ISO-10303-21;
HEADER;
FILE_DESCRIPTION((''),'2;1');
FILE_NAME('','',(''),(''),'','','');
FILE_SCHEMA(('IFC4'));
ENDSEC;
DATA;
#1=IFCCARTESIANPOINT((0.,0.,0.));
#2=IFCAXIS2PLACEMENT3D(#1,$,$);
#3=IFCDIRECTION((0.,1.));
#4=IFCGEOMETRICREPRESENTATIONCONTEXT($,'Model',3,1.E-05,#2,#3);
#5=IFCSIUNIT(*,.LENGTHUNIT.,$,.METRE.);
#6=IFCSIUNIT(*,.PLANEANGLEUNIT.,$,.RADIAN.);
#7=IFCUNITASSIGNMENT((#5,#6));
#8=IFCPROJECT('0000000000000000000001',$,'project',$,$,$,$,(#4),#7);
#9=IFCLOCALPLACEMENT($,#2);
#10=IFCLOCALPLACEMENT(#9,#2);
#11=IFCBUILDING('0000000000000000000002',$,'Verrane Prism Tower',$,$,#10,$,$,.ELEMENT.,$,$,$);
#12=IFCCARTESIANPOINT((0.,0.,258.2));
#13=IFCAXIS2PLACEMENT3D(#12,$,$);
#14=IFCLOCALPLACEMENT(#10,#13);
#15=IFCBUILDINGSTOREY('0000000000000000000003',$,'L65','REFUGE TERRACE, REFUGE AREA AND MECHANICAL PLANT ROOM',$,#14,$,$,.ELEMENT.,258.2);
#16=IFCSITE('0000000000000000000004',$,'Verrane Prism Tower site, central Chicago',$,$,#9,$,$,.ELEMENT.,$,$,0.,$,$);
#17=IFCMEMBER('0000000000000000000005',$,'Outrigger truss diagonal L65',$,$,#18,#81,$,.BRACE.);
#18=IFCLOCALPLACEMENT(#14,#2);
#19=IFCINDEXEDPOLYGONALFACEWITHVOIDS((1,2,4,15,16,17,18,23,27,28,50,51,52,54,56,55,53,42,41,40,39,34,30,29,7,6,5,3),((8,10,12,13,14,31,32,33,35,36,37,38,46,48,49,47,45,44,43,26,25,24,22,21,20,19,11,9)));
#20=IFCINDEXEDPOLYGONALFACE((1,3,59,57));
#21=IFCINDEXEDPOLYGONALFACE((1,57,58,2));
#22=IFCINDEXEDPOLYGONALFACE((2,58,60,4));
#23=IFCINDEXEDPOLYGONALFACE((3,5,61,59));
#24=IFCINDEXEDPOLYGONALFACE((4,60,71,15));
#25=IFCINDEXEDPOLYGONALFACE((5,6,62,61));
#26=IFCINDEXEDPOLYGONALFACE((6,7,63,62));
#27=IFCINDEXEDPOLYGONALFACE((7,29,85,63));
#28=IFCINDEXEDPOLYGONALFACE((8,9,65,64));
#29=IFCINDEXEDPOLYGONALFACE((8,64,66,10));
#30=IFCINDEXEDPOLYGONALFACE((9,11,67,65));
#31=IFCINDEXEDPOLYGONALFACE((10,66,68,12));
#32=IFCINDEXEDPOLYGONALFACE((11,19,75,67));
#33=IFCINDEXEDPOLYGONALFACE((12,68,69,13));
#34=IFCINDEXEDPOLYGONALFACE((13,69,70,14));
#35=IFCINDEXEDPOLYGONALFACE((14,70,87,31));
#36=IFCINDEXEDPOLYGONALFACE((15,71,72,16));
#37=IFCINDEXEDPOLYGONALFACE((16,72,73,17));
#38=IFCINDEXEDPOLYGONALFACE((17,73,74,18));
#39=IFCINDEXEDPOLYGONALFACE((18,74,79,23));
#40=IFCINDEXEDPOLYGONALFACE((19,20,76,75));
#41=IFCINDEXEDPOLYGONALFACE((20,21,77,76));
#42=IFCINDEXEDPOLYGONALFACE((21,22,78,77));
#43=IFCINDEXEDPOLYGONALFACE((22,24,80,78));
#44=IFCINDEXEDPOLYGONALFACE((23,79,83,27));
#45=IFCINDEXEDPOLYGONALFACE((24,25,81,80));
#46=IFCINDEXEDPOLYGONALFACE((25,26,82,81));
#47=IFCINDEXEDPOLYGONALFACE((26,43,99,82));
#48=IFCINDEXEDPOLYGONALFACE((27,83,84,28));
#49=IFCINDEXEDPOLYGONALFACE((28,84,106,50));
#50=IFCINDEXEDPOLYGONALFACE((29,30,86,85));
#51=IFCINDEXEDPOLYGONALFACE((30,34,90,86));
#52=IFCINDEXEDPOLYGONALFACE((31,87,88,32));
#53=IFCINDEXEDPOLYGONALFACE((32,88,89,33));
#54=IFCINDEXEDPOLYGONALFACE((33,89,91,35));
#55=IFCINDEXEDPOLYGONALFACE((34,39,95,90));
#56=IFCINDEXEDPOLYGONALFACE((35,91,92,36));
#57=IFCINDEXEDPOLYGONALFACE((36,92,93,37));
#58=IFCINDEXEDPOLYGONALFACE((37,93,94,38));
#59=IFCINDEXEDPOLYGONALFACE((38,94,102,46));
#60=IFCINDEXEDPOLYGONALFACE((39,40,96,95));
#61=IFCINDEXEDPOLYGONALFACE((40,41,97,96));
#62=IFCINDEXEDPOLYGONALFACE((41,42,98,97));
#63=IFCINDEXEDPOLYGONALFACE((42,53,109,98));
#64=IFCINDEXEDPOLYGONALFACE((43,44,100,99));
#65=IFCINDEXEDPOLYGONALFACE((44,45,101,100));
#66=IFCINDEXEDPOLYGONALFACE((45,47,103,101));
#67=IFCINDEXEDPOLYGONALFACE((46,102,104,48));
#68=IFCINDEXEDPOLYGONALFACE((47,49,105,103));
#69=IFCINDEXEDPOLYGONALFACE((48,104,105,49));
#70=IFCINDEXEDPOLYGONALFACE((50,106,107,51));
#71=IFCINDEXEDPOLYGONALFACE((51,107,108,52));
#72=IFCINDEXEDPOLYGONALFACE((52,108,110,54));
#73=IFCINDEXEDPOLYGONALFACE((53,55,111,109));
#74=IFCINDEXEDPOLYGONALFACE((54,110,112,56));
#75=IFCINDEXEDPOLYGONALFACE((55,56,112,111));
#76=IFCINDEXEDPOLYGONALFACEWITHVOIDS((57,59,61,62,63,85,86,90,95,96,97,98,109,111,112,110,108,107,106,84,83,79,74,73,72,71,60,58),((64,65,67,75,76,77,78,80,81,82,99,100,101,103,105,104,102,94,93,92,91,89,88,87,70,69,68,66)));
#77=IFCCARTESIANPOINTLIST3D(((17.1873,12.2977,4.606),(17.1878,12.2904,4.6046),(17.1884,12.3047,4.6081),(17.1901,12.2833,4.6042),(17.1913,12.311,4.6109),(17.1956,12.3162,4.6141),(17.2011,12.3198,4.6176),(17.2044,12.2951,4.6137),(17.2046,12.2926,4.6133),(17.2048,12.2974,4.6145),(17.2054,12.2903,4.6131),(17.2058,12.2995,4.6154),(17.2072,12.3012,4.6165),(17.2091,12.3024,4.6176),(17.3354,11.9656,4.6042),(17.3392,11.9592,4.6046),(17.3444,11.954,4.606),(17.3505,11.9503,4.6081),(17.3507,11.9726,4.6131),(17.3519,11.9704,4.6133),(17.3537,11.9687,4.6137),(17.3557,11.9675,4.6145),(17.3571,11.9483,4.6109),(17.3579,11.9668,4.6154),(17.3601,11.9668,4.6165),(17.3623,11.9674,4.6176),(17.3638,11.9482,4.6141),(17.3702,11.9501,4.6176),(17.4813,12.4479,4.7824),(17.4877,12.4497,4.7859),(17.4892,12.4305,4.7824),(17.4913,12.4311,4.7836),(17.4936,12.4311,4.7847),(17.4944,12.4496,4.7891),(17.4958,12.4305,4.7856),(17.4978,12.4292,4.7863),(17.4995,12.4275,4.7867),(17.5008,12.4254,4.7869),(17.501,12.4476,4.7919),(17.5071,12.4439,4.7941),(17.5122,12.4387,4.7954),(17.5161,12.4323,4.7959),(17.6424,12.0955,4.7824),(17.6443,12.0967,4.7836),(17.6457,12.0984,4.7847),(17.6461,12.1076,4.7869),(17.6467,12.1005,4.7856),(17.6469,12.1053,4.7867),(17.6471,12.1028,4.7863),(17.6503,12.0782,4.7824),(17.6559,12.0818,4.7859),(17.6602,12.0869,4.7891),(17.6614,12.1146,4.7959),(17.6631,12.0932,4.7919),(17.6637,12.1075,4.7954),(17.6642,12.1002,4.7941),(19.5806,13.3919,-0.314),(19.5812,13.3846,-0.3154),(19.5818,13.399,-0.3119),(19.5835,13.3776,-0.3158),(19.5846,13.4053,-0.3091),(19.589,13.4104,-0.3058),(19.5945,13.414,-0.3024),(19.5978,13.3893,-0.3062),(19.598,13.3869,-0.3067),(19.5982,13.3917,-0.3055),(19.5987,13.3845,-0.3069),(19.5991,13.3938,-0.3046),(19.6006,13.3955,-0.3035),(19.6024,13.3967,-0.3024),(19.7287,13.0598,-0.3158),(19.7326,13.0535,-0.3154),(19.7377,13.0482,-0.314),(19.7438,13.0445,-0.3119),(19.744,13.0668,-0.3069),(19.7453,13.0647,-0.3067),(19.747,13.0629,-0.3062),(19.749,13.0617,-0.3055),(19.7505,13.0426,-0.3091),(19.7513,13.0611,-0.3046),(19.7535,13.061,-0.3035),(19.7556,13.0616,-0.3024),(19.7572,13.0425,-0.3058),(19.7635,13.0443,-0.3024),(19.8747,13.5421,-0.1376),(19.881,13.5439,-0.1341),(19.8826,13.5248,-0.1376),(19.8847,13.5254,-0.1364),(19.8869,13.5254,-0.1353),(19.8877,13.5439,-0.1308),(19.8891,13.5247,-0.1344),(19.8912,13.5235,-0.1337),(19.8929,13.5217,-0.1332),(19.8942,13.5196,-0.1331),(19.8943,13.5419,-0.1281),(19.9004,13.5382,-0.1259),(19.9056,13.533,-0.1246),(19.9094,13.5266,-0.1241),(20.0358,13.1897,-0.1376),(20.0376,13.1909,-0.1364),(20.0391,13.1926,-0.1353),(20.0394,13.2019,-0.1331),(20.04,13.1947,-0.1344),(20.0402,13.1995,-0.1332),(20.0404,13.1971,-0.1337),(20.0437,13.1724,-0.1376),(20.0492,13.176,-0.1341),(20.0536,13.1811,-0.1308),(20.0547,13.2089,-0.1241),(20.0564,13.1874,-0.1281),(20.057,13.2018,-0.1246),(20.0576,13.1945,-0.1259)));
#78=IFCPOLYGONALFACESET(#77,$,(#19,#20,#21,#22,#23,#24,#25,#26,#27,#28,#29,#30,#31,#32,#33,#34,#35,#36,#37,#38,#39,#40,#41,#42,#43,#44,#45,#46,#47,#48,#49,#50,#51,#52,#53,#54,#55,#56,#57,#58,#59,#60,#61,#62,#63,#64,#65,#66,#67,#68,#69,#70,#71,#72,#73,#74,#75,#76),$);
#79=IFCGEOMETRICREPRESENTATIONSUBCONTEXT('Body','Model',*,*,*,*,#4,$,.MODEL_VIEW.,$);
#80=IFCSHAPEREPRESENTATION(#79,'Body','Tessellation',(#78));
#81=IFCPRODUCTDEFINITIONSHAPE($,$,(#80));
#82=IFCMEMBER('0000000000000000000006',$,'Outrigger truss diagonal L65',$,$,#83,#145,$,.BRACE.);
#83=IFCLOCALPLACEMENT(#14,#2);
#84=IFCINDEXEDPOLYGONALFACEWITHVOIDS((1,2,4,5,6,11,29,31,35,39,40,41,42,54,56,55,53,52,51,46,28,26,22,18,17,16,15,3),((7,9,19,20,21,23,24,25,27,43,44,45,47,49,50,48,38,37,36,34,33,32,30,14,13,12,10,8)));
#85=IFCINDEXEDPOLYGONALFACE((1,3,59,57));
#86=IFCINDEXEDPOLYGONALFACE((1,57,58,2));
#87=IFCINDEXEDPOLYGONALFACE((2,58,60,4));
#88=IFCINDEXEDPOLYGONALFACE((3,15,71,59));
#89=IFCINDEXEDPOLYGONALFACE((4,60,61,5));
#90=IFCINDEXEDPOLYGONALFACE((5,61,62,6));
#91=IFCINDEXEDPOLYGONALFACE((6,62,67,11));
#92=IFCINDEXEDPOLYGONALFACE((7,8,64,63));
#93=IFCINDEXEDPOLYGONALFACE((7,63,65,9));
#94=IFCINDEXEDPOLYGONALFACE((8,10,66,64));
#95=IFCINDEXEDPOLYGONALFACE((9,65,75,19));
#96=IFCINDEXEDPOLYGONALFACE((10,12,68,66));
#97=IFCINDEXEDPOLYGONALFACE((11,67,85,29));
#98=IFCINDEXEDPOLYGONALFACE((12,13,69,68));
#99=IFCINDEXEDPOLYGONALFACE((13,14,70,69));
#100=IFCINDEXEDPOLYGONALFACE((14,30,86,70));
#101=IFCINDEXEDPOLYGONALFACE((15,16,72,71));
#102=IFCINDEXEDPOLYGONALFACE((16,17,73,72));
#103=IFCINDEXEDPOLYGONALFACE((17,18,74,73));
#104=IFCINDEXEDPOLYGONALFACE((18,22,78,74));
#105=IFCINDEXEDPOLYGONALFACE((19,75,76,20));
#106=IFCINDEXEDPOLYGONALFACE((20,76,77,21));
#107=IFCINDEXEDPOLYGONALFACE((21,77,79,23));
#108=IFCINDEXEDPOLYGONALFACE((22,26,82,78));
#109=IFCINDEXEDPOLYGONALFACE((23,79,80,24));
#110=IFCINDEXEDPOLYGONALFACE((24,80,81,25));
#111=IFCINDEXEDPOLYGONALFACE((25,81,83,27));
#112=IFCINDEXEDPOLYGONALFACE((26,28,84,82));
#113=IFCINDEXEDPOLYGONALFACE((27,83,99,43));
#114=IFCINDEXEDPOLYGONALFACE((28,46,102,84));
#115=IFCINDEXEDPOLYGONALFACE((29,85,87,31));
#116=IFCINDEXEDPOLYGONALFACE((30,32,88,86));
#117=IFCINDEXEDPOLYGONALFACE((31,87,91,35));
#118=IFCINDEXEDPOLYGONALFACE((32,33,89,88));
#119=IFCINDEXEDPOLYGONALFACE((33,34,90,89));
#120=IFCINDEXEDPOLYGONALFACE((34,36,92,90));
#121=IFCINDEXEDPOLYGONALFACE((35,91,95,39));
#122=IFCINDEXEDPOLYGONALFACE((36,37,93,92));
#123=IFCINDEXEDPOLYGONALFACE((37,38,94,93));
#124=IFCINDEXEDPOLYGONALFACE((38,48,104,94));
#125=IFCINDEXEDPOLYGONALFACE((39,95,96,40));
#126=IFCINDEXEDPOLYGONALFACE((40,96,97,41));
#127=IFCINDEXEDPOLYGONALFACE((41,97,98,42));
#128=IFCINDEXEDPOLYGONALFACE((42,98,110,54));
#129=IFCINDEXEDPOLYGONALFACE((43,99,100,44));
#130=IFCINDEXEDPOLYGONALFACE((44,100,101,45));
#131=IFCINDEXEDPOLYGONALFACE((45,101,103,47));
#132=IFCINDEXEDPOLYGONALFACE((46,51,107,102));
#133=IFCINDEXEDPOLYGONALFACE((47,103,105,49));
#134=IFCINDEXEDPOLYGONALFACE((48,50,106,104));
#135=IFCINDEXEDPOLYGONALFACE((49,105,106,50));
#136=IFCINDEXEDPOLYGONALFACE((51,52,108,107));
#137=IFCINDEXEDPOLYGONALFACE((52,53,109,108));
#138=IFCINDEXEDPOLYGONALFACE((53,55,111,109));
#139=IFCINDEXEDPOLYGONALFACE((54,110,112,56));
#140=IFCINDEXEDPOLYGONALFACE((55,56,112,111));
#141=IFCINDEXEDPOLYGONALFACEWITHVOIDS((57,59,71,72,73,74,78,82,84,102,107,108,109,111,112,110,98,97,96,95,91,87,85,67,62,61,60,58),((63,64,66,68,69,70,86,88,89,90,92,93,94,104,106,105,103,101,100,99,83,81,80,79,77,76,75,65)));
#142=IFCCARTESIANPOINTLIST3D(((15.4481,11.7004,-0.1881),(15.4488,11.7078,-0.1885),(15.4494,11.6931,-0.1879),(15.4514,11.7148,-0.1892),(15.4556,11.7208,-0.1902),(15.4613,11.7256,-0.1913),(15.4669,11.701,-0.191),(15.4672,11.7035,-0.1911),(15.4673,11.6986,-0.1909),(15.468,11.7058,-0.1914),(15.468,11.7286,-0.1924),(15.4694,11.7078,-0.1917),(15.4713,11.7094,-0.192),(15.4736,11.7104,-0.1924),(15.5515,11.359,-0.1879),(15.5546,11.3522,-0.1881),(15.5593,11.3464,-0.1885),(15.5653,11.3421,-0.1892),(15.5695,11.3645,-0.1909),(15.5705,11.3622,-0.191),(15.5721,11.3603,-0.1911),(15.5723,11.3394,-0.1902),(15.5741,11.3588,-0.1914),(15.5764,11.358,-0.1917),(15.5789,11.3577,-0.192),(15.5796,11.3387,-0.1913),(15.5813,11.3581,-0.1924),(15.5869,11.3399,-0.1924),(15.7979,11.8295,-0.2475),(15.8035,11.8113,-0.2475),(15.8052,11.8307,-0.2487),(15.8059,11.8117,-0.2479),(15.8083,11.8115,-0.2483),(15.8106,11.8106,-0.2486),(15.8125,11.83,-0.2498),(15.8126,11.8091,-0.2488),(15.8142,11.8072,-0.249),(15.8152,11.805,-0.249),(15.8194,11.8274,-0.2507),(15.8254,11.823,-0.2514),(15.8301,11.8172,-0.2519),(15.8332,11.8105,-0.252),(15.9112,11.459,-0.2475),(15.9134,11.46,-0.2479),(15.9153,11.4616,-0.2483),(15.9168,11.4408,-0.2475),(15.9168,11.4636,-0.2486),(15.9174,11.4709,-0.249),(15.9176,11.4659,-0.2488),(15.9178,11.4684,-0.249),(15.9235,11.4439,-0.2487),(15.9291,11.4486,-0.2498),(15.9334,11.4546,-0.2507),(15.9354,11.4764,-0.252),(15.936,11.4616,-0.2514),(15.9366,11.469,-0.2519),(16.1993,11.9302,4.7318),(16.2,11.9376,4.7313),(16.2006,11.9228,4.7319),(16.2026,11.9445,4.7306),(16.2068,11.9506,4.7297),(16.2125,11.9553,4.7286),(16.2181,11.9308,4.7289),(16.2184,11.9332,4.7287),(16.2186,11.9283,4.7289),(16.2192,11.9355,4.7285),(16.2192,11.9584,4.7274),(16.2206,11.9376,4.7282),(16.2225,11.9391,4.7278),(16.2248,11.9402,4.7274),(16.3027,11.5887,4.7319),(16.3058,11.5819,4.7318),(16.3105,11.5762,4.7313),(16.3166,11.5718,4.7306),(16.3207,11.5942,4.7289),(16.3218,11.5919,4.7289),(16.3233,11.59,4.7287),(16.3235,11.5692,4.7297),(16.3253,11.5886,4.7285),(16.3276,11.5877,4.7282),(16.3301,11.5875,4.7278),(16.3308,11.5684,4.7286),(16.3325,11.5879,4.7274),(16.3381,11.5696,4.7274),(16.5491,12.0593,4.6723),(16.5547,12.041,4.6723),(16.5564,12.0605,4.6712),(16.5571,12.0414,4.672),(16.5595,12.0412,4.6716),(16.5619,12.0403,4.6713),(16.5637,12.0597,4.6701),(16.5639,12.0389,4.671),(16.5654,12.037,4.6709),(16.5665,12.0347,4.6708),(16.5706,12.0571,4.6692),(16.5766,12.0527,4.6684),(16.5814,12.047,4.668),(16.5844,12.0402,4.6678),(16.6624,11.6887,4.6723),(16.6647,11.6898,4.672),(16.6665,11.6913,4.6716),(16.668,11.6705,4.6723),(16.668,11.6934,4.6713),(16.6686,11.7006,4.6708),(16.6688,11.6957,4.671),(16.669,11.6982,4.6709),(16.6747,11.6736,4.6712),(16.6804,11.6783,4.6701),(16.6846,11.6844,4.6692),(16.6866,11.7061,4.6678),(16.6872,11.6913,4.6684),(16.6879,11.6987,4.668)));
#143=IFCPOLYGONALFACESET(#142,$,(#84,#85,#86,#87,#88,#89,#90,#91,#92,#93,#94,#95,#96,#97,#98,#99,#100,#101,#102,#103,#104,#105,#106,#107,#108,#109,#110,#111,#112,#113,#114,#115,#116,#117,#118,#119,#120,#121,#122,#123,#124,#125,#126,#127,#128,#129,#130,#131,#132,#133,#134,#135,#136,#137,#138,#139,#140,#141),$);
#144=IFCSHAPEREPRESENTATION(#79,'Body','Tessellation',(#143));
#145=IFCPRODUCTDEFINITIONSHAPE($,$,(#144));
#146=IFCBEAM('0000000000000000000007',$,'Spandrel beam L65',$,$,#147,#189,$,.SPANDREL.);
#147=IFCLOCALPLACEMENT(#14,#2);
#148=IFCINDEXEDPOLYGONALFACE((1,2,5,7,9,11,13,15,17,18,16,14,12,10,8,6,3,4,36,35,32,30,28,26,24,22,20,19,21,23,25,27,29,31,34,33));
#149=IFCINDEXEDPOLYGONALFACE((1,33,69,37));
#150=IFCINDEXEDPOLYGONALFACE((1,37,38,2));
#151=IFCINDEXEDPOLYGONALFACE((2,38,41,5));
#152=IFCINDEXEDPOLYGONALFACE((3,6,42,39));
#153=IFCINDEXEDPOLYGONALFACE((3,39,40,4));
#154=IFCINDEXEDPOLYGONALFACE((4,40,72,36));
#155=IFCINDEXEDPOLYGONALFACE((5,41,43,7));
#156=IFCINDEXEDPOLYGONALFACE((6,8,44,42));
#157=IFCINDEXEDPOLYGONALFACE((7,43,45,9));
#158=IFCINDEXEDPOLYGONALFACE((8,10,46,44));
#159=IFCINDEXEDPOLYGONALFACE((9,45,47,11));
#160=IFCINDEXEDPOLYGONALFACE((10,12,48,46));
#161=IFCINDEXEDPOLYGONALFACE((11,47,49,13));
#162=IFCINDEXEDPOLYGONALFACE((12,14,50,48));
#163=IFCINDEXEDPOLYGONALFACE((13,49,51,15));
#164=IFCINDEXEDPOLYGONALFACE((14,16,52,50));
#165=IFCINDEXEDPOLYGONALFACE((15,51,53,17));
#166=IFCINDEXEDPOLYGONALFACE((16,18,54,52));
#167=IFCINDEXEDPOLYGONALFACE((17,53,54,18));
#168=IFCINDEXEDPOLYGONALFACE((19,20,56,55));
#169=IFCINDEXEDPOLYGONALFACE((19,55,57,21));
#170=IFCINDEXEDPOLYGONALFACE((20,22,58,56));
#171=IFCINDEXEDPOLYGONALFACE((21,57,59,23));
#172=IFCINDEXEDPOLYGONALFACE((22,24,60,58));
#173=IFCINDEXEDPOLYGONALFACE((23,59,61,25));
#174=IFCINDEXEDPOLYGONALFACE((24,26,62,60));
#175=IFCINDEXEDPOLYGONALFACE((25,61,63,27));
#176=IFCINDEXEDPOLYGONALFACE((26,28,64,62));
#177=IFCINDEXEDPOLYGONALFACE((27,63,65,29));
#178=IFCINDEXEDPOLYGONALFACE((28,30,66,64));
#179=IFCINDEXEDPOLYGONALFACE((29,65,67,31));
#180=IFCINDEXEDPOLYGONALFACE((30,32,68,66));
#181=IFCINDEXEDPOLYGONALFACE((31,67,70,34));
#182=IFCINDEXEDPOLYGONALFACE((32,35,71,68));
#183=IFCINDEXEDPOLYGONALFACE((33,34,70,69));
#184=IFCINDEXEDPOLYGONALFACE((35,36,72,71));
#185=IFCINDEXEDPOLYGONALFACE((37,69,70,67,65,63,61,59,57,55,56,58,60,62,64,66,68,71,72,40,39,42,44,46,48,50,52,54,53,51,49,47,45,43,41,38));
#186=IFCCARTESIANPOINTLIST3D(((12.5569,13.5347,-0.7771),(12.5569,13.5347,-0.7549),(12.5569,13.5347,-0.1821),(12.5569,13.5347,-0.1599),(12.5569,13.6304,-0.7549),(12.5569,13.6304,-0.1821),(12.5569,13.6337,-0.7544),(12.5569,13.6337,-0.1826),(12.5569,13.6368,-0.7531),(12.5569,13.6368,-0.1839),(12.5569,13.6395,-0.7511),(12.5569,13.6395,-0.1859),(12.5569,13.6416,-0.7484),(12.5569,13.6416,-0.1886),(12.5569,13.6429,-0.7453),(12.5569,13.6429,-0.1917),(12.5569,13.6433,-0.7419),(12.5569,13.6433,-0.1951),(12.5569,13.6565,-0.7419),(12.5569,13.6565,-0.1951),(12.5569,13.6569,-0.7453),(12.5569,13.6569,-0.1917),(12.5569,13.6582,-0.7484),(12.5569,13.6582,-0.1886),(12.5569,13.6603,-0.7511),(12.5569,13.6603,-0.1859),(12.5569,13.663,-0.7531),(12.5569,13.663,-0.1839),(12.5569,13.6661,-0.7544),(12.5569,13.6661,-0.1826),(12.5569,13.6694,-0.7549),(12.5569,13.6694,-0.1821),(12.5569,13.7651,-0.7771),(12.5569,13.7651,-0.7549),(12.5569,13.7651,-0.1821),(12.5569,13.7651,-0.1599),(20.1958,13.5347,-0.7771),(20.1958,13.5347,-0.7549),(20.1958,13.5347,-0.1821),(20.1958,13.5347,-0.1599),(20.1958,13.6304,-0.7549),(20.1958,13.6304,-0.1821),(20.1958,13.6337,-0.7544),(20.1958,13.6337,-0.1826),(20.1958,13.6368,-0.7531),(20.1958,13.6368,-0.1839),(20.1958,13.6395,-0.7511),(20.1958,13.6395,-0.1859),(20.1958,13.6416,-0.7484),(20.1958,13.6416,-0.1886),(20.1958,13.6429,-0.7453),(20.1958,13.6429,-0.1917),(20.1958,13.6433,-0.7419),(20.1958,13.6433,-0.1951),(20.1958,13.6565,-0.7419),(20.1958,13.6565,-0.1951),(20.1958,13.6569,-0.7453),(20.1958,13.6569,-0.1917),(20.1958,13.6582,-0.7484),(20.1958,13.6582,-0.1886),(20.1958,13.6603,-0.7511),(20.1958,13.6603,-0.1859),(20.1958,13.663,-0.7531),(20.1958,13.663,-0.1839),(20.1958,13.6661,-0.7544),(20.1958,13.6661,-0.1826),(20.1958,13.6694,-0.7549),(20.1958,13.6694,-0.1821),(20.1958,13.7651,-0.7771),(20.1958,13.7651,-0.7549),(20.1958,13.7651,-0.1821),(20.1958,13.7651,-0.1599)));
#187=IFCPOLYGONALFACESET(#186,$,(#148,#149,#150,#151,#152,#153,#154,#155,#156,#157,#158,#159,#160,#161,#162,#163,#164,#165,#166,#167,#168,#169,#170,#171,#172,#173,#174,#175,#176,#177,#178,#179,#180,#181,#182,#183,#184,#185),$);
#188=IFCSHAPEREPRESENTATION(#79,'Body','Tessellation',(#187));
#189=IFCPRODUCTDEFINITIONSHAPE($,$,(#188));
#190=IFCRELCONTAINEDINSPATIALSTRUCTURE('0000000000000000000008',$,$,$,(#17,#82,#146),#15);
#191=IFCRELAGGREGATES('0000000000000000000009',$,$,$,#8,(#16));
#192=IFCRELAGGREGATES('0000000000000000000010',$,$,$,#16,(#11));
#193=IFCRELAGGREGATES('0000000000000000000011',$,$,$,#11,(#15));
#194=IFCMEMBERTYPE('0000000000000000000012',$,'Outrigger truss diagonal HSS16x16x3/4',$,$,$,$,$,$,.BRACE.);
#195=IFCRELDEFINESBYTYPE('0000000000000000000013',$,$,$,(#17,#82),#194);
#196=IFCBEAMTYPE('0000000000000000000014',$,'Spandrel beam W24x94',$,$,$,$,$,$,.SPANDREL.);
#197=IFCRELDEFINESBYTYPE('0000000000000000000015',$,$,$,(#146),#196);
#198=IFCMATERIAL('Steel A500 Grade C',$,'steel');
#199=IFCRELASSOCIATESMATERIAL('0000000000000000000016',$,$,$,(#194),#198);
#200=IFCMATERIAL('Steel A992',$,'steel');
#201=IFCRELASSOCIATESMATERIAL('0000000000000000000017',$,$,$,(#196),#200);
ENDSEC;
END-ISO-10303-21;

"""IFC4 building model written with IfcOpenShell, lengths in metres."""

from ifc_helpers import new_model, si_unit, direction, frame, origin, origin_2d, place, context, subcontext, project, spatial, hollow_rectangle, i_section, extrude, material, material_profile, profile_set, type_object, element, save


model = new_model("IFC4")

# Units and contexts
model_context = context("Model", 3, precision=1e-05, world=origin(), true_north=direction((0.0, 1.0)))
body_context = subcontext(model_context, "Body", "Model", "MODEL_VIEW")
ifc_project = project(units=[si_unit("LENGTHUNIT", "METRE"), si_unit("PLANEANGLEUNIT", "RADIAN")], contexts=[model_context])

# Site, building, storey
site_placement = place(None, origin())
site = spatial("IfcSite", under=ifc_project, at=site_placement, Name="Verrane Prism Tower site, central Chicago", CompositionType="ELEMENT", RefElevation=0.0)
building_placement = place(site_placement, origin())
building = spatial("IfcBuilding", under=site, at=building_placement, Name="Verrane Prism Tower", CompositionType="ELEMENT")
storey_placement = place(building_placement, frame((0.0, 0.0, 258.2)))
storey = spatial("IfcBuildingStorey", under=building, at=storey_placement, Name="L65", Description="REFUGE TERRACE, REFUGE AREA AND MECHANICAL PLANT ROOM", CompositionType="ELEMENT", Elevation=258.2)

# Members
ifc_material_1 = material(Name="Steel A500 Grade C", Category="steel")
ifc_material_profile_1 = material_profile(ifc_material_1, hollow_rectangle(XDim=0.4065, YDim=0.4065, WallThickness=0.019, InnerFilletRadius=0.0095, OuterFilletRadius=0.0286, at=origin_2d()), Name="HSS16x16x3/4")
ifc_profile_set_1 = profile_set([ifc_material_profile_1], Name="Steel A500 Grade C")
member_type_1 = type_object("IfcMemberType", Name="Outrigger truss diagonal HSS16x16x3/4", PredefinedType="BRACE", material=ifc_profile_set_1)
member_1_placement = place(storey_placement, frame((19.8191, 13.2932, -0.22), z_axis=(-0.428946, -0.196117, 0.881784), x_axis=(0.415808, -0.909452, 0.0)))
element("IfcMember", 1, at=member_1_placement, inside=storey, type_object=member_type_1, Name="Outrigger truss diagonal L65", PredefinedType="BRACE", context=body_context, shape_type="SweptSolid", body=[
    extrude(hollow_rectangle(XDim=0.4065, YDim=0.4065, WallThickness=0.019, InnerFilletRadius=0.0095, OuterFilletRadius=0.0286, at=origin_2d()), origin(), (0.0, 0.0, 1.0), 5.5796),
])
member_2_placement = place(storey_placement, frame((15.6924, 11.5847, -0.22), z_axis=(0.15078, 0.046111, 0.987491), x_axis=(-0.292448, 0.956282, 0.0)))
element("IfcMember", 2, at=member_2_placement, inside=storey, type_object=member_type_1, Name="Outrigger truss diagonal L65", PredefinedType="BRACE", context=body_context, shape_type="SweptSolid", body=[
    extrude(hollow_rectangle(XDim=0.4065, YDim=0.4065, WallThickness=0.019, InnerFilletRadius=0.0095, OuterFilletRadius=0.0286, at=origin_2d()), origin(), (0.0, 0.0, 1.0), 4.9822),
])

# Beam
ifc_material_2 = material(Name="Steel A992", Category="steel")
ifc_material_profile_2 = material_profile(ifc_material_2, i_section(OverallWidth=0.2305, OverallDepth=0.6172, WebThickness=0.0132, FlangeThickness=0.0222, FilletRadius=0.0129, at=origin_2d()), Name="W24x94")
ifc_profile_set_2 = profile_set([ifc_material_profile_2], Name="Steel A992")
beam_type_1 = type_object("IfcBeamType", Name="Spandrel beam W24x94", PredefinedType="SPANDREL", material=ifc_profile_set_2)
beam_1_placement = place(storey_placement, frame((20.1958, 13.6499, -0.4685), z_axis=(-1.0, 0.0, 0.0), x_axis=(0.0, -1.0, 0.0)))
element("IfcBeam", 3, at=beam_1_placement, inside=storey, type_object=beam_type_1, Name="Spandrel beam L65", PredefinedType="SPANDREL", context=body_context, shape_type="SweptSolid", body=[
    extrude(i_section(OverallWidth=0.2305, OverallDepth=0.6172, WebThickness=0.0132, FlangeThickness=0.0222, FilletRadius=0.0129, at=origin_2d()), origin(), (0.0, 0.0, 1.0), 7.6389),
])

save(model, "model.ifc")
